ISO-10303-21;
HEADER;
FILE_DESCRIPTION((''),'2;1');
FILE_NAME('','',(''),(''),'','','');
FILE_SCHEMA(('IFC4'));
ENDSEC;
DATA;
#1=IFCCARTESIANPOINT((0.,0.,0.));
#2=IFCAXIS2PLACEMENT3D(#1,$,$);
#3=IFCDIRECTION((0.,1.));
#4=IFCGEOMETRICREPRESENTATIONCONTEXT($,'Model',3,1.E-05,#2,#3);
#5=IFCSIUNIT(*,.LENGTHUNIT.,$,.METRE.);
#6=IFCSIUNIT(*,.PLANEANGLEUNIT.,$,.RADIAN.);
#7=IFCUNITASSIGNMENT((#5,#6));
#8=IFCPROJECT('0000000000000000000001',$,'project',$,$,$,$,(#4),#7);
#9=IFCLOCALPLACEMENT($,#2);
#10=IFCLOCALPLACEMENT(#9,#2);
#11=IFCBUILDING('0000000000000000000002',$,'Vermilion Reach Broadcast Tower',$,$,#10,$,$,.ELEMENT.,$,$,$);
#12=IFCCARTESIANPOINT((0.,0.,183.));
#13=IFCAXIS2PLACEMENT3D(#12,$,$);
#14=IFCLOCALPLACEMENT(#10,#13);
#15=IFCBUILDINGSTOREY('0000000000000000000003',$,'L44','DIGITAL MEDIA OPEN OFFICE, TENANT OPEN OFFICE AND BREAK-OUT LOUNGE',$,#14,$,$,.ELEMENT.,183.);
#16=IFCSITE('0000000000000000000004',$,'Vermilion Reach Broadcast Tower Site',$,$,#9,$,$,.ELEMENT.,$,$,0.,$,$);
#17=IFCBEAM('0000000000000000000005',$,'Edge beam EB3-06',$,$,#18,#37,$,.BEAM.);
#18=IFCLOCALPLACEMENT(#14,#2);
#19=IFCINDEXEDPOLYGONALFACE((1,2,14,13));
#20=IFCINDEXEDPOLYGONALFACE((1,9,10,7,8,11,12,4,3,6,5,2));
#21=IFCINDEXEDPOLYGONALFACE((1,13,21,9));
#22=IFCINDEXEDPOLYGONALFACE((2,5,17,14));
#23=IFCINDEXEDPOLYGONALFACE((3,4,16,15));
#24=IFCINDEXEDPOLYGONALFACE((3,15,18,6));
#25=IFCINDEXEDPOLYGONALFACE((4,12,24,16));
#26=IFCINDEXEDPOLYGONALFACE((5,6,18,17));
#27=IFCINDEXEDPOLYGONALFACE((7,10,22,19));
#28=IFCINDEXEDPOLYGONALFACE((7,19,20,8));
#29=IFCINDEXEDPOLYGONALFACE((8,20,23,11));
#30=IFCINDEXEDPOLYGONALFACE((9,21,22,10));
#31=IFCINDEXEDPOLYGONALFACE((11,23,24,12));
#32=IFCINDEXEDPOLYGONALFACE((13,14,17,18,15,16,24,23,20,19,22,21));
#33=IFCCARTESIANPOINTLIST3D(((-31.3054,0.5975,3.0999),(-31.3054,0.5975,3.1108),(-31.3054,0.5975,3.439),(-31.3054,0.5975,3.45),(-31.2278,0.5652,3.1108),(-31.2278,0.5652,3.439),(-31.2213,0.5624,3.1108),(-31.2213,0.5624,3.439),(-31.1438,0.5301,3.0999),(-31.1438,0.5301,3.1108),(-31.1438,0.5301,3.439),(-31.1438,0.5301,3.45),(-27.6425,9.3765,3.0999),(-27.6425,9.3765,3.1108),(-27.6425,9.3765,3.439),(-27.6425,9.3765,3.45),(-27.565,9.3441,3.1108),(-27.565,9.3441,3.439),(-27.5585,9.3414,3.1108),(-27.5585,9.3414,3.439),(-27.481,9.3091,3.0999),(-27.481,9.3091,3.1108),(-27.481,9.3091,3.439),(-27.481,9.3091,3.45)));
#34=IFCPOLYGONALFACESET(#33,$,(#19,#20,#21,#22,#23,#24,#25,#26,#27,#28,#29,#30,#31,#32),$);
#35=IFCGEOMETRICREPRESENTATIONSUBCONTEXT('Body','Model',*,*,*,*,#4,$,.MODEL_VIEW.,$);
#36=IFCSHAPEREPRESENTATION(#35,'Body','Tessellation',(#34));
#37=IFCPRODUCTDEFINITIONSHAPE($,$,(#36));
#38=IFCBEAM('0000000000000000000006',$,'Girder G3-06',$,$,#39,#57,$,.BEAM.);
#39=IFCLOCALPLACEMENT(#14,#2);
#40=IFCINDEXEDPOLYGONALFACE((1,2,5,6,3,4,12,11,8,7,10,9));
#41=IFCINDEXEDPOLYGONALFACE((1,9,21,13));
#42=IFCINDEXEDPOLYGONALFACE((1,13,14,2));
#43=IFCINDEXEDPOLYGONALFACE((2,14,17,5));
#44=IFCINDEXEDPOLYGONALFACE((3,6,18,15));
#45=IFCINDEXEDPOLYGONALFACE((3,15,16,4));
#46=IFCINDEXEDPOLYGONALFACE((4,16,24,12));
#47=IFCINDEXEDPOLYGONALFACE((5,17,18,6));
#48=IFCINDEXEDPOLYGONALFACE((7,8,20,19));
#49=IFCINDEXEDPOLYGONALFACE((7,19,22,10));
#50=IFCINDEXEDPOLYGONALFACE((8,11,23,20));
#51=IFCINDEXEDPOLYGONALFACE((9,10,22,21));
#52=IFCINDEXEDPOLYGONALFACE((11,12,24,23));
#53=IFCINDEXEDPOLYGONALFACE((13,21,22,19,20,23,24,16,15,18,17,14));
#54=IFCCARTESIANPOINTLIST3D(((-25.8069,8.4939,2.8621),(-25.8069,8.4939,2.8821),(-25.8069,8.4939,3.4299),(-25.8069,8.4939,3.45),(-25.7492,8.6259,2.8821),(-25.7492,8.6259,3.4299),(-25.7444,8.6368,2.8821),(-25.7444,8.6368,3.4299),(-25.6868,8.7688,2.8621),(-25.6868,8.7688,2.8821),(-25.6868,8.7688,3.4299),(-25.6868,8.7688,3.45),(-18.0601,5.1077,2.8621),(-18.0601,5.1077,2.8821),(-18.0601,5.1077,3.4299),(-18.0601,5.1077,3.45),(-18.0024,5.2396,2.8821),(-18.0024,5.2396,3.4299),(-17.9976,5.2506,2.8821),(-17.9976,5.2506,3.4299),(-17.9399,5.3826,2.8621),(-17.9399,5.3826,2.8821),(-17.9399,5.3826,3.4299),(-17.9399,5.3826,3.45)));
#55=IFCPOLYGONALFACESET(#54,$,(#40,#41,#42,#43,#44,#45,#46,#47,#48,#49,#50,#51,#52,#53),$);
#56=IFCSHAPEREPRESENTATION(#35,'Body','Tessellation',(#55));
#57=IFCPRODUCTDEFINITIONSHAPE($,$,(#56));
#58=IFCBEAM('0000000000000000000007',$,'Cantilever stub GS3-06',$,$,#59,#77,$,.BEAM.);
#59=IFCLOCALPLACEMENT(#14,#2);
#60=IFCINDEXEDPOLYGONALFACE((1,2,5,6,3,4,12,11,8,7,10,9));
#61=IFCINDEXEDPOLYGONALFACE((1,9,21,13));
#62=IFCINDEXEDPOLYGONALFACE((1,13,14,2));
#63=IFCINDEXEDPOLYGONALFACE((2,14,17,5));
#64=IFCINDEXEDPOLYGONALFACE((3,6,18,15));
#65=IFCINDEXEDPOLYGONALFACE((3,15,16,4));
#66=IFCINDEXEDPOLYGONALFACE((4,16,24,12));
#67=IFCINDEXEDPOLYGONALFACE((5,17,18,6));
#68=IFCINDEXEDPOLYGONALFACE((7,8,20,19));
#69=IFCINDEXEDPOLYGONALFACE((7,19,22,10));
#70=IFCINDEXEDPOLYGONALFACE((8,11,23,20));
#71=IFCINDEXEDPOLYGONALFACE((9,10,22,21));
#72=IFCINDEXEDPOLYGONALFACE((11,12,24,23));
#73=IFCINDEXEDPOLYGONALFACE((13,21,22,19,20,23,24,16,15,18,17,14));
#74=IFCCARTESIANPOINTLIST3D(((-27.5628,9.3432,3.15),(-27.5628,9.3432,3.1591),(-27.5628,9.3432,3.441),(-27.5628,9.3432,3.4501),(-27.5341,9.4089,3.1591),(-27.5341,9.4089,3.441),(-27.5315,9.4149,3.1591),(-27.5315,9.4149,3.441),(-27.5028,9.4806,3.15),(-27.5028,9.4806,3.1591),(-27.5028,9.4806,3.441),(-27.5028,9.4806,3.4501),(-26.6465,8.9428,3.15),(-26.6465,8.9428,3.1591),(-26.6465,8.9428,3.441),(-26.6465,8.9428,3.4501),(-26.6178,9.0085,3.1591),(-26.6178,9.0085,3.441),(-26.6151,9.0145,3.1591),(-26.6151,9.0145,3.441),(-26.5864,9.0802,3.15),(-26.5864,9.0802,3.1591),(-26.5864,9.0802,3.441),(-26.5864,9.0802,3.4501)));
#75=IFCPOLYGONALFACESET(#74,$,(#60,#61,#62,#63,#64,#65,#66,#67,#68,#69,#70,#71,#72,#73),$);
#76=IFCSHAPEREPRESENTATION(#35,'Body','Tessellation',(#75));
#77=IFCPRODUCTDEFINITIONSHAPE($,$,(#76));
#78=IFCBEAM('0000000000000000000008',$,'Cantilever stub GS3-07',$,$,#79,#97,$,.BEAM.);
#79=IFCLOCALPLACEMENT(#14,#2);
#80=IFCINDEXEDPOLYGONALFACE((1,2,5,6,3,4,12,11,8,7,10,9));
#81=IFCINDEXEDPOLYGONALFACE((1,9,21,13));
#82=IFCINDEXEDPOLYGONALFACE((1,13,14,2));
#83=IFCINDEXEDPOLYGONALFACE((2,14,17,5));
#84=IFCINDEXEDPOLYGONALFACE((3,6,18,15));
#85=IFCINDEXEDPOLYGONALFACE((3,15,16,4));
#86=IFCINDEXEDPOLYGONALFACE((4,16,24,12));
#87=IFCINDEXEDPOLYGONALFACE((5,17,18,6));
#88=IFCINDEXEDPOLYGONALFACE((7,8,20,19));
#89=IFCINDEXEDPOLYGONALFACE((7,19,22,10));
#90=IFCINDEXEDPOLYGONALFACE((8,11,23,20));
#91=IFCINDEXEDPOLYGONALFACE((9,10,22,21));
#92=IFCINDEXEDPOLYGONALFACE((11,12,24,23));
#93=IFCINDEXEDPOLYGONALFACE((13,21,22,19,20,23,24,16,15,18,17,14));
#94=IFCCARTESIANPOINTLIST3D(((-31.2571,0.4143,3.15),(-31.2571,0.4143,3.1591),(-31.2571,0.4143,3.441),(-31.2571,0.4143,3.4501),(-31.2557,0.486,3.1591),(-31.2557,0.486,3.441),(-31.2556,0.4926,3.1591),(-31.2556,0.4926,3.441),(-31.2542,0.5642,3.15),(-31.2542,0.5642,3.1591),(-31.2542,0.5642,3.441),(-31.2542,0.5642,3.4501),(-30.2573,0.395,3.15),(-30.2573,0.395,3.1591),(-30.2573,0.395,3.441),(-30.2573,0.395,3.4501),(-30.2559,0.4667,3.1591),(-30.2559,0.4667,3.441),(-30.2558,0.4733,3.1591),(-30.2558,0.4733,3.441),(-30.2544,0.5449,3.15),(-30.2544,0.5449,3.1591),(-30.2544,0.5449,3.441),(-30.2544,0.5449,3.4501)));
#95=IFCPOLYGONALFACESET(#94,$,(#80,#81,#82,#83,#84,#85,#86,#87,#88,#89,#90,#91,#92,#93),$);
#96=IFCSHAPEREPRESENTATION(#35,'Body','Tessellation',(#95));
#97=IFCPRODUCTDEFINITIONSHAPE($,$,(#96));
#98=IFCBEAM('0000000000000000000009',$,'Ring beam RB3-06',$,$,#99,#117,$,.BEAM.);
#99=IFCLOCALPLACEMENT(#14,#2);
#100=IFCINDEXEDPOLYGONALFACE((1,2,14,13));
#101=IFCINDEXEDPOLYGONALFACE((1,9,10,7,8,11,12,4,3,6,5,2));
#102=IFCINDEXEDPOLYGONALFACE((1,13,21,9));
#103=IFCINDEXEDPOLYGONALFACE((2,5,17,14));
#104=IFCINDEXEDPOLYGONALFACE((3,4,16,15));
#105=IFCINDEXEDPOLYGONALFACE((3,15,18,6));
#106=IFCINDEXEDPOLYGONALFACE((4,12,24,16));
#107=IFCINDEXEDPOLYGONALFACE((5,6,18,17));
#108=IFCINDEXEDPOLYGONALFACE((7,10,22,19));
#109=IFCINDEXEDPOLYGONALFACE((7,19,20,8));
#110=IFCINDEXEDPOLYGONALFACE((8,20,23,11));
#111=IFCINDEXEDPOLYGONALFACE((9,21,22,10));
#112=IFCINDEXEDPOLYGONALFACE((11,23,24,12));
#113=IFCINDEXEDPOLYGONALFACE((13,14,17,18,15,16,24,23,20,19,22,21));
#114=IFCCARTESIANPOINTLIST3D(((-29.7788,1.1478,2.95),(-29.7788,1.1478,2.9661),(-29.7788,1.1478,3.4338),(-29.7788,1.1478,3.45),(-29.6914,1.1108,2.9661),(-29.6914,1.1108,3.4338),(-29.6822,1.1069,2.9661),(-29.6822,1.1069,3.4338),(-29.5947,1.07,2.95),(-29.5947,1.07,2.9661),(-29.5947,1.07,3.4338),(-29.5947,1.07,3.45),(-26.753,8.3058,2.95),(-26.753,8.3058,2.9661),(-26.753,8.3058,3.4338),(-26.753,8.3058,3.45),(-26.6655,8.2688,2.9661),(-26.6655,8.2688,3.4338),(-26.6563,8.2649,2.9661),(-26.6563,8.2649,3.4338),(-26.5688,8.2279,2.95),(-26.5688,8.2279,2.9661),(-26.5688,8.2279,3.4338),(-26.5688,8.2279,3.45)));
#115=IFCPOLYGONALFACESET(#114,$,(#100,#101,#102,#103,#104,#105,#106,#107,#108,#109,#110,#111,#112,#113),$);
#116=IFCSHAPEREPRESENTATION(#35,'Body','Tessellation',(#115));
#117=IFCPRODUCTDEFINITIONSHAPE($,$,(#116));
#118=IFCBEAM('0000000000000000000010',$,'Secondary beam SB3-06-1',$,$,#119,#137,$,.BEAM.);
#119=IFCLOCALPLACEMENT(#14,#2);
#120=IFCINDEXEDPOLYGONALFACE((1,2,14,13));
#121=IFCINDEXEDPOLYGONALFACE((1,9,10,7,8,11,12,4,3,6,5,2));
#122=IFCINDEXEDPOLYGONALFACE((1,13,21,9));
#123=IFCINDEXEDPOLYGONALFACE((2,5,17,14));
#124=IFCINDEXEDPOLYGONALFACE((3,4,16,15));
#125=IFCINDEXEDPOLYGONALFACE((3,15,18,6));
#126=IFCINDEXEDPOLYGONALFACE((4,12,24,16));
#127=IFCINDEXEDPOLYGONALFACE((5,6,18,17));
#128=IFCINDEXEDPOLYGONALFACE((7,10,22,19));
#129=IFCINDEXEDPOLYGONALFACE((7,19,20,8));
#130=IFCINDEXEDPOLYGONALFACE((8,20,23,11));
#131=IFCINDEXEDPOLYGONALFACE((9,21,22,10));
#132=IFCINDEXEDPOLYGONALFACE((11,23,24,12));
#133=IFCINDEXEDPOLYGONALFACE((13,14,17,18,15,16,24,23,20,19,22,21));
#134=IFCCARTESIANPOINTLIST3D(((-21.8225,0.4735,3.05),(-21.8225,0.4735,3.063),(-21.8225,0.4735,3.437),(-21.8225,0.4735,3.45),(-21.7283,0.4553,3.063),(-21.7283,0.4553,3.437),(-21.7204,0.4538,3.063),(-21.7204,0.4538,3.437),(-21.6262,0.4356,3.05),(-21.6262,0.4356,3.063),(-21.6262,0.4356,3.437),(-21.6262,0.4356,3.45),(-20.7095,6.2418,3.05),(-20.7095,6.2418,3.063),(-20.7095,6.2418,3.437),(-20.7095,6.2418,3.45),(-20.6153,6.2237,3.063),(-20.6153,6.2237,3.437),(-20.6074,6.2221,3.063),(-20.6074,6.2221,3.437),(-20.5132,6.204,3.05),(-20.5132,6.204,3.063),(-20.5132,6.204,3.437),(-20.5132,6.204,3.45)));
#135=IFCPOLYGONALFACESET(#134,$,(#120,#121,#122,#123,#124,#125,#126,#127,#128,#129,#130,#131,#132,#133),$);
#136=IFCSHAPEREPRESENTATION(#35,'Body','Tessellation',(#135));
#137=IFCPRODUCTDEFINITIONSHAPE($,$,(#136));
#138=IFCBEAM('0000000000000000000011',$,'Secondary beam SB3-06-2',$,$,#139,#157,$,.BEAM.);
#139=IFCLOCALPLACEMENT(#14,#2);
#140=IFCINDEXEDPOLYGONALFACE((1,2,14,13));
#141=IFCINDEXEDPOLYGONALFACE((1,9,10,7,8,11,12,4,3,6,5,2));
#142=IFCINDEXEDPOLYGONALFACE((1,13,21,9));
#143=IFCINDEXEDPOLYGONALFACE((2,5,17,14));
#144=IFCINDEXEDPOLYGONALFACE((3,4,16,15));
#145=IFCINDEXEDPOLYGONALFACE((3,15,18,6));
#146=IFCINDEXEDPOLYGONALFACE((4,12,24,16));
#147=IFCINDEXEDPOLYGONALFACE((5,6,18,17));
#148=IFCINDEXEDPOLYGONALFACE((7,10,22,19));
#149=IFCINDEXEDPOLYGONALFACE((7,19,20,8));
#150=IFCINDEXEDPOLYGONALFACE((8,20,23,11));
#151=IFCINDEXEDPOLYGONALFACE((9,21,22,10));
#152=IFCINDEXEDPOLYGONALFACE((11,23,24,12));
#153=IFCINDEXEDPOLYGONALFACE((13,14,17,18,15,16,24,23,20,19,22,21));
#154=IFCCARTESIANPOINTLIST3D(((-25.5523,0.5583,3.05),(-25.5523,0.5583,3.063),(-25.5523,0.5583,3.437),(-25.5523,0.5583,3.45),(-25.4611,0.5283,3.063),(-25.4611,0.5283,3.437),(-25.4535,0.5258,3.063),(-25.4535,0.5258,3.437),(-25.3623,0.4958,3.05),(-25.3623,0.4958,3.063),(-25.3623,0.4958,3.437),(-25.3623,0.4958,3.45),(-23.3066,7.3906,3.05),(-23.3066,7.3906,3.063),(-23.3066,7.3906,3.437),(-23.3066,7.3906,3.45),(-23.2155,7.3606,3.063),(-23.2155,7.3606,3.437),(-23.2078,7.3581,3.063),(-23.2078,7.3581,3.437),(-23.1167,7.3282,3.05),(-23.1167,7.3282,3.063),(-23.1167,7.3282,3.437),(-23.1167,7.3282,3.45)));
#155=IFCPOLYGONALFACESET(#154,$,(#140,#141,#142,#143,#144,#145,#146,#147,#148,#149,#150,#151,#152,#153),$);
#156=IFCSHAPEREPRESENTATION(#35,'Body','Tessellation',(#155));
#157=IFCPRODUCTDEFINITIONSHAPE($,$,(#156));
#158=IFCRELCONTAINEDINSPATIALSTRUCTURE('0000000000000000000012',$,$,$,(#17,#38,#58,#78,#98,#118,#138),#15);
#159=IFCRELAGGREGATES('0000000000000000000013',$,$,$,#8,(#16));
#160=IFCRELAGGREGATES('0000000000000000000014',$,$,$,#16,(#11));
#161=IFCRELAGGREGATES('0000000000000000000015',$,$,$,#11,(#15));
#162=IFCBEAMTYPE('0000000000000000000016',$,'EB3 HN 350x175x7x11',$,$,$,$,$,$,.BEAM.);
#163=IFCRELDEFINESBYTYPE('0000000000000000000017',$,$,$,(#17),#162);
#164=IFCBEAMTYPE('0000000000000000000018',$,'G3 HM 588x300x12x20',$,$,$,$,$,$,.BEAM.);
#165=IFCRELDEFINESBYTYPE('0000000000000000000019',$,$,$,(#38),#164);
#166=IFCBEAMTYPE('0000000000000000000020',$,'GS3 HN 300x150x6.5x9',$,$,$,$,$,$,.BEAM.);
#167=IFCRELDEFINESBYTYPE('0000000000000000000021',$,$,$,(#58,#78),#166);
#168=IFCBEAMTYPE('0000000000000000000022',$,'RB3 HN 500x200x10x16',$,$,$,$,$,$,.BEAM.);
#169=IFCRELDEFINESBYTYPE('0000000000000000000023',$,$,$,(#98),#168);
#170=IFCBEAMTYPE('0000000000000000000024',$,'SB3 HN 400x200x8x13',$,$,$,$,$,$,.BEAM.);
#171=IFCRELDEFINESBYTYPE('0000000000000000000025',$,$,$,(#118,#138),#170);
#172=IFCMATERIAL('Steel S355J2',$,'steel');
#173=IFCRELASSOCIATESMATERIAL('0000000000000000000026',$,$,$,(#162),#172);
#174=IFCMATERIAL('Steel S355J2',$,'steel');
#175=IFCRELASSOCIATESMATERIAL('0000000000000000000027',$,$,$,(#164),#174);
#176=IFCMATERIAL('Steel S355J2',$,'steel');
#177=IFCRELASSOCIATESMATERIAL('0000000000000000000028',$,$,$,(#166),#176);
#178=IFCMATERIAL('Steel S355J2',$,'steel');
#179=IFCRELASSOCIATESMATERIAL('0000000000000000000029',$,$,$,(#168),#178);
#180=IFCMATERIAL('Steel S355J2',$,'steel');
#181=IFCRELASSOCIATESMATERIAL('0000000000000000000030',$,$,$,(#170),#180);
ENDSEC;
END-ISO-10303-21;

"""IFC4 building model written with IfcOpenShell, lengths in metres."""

from ifc_helpers import new_model, si_unit, direction, frame, origin, origin_2d, place, context, subcontext, project, spatial, i_section, extrude, material, material_profile, profile_set, type_object, element, save


model = new_model("IFC4")

# Units and contexts
model_context = context("Model", 3, precision=1e-05, world=origin(), true_north=direction((0.0, 1.0)))
body_context = subcontext(model_context, "Body", "Model", "MODEL_VIEW")
ifc_project = project(units=[si_unit("LENGTHUNIT", "METRE"), si_unit("PLANEANGLEUNIT", "RADIAN")], contexts=[model_context])

# Site, building, storey
site_placement = place(None, origin())
site = spatial("IfcSite", under=ifc_project, at=site_placement, Name="Vermilion Reach Broadcast Tower Site", CompositionType="ELEMENT", RefElevation=0.0)
building_placement = place(site_placement, origin())
building = spatial("IfcBuilding", under=site, at=building_placement, Name="Vermilion Reach Broadcast Tower", CompositionType="ELEMENT")
storey_placement = place(building_placement, frame((0.0, 0.0, 183.0)))
storey = spatial("IfcBuildingStorey", under=building, at=storey_placement, Name="L44", Description="DIGITAL MEDIA OPEN OFFICE, TENANT OPEN OFFICE AND BREAK-OUT LOUNGE", CompositionType="ELEMENT", Elevation=183.0)

# Beams
ifc_material_1 = material(Name="Steel S355J2", Category="steel")
ifc_material_profile_1 = material_profile(ifc_material_1, i_section(OverallWidth=0.175, OverallDepth=0.3501, WebThickness=0.0071, FlangeThickness=0.011, at=origin_2d()), Name="S355J2 HN 350x175x7x11")
ifc_profile_set_1 = profile_set([ifc_material_profile_1], Name="Steel S355J2")
beam_type_1 = type_object("IfcBeamType", Name="EB3 HN 350x175x7x11", PredefinedType="BEAM", material=ifc_profile_set_1)
beam_1_placement = place(storey_placement, frame((-27.5618, 9.3428, 3.2749), z_axis=(-0.385055, -0.922894, 0.0), x_axis=(0.922894, -0.385055, 0.0)))
element("IfcBeam", 1, at=beam_1_placement, inside=storey, type_object=beam_type_1, Name="Edge beam EB3-06", PredefinedType="BEAM", context=body_context, shape_type="SweptSolid", body=[
    extrude(i_section(OverallWidth=0.175, OverallDepth=0.3501, WebThickness=0.0071, FlangeThickness=0.011, at=origin_2d()), origin(), (0.0, 0.0, 1.0), 9.5125),
])
ifc_material_2 = material(Name="Steel S355J2", Category="steel")
ifc_material_profile_2 = material_profile(ifc_material_2, i_section(OverallWidth=0.3, OverallDepth=0.5879, WebThickness=0.012, FlangeThickness=0.02, at=origin_2d()), Name="S355J2 HM 588x300x12x20")
ifc_profile_set_2 = profile_set([ifc_material_profile_2], Name="Steel S355J2")
beam_type_2 = type_object("IfcBeamType", Name="G3 HM 588x300x12x20", PredefinedType="BEAM", material=ifc_profile_set_2)
beam_2_placement = place(storey_placement, frame((-18.0, 5.2451, 3.156), z_axis=(-0.916288, 0.40052, 0.0), x_axis=(-0.40052, -0.916288, 0.0)))
element("IfcBeam", 2, at=beam_2_placement, inside=storey, type_object=beam_type_2, Name="Girder G3-06", PredefinedType="BEAM", context=body_context, shape_type="SweptSolid", body=[
    extrude(i_section(OverallWidth=0.3, OverallDepth=0.5879, WebThickness=0.012, FlangeThickness=0.02, at=origin_2d()), origin(), (0.0, 0.0, 1.0), 8.4546),
])
ifc_material_3 = material(Name="Steel S355J2", Category="steel")
ifc_material_profile_3 = material_profile(ifc_material_3, i_section(OverallWidth=0.1499, OverallDepth=0.3, WebThickness=0.0066, FlangeThickness=0.009, at=origin_2d()), Name="S355J2 HN 300x150x6.5x9")
ifc_profile_set_3 = profile_set([ifc_material_profile_3], Name="Steel S355J2")
beam_type_3 = type_object("IfcBeamType", Name="GS3 HN 300x150x6.5x9", PredefinedType="BEAM", material=ifc_profile_set_3)
for number, where, z_axis, x_axis, name in (
    (3, (-26.6165, 9.0115, 3.3), (-0.916331, 0.400422, 0.0), (-0.400422, -0.916331, 0.0), "Cantilever stub GS3-06"),
    (4, (-30.2559, 0.47, 3.3), (-0.999814, 0.019288, 0.0), (-0.019288, -0.999814, 0.0), "Cantilever stub GS3-07"),
):
    element("IfcBeam", number, at=place(storey_placement, frame(where, z_axis=z_axis, x_axis=x_axis)), inside=storey, type_object=beam_type_3, Name=name, PredefinedType="BEAM", context=body_context, shape_type="SweptSolid", body=[
        extrude(i_section(OverallWidth=0.1499, OverallDepth=0.3, WebThickness=0.0066, FlangeThickness=0.009, at=origin_2d()), origin(), (0.0, 0.0, 1.0), 1.0),
    ])
ifc_material_4 = material(Name="Steel S355J2", Category="steel")
ifc_material_profile_4 = material_profile(ifc_material_4, i_section(OverallWidth=0.2, OverallDepth=0.5, WebThickness=0.01, FlangeThickness=0.0161, at=origin_2d()), Name="S355J2 HN 500x200x10x16")
ifc_profile_set_4 = profile_set([ifc_material_profile_4], Name="Steel S355J2")
beam_type_4 = type_object("IfcBeamType", Name="RB3 HN 500x200x10x16", PredefinedType="BEAM", material=ifc_profile_set_4)
beam_3_placement = place(storey_placement, frame((-26.6609, 8.2668, 3.2), z_axis=(-0.389368, -0.921082, 0.0), x_axis=(0.921082, -0.389368, 0.0)))
element("IfcBeam", 5, at=beam_3_placement, inside=storey, type_object=beam_type_4, Name="Ring beam RB3-06", PredefinedType="BEAM", context=body_context, shape_type="SweptSolid", body=[
    extrude(i_section(OverallWidth=0.2, OverallDepth=0.5, WebThickness=0.01, FlangeThickness=0.0161, at=origin_2d()), origin(), (0.0, 0.0, 1.0), 7.7712),
])
ifc_material_5 = material(Name="Steel S355J2", Category="steel")
ifc_material_profile_5 = material_profile(ifc_material_5, i_section(OverallWidth=0.2, OverallDepth=0.3999, WebThickness=0.0081, FlangeThickness=0.0129, at=origin_2d()), Name="S355J2 HN 400x200x8x13")
ifc_profile_set_5 = profile_set([ifc_material_profile_5], Name="Steel S355J2")
beam_type_5 = type_object("IfcBeamType", Name="SB3 HN 400x200x8x13", PredefinedType="BEAM", material=ifc_profile_set_5)
beam_4_placement = place(storey_placement, frame((-20.6113, 6.2229, 3.25), z_axis=(-0.189462, -0.981888, 0.0), x_axis=(0.981888, -0.189462, 0.0)))
element("IfcBeam", 6, at=beam_4_placement, inside=storey, type_object=beam_type_5, Name="Secondary beam SB3-06-1", PredefinedType="BEAM", context=body_context, shape_type="SweptSolid", body=[
    extrude(i_section(OverallWidth=0.2, OverallDepth=0.3999, WebThickness=0.0081, FlangeThickness=0.0129, at=origin_2d()), origin(), (0.0, 0.0, 1.0), 5.8748),
])
beam_5_placement = place(storey_placement, frame((-23.2117, 7.3594, 3.25), z_axis=(-0.312243, -0.950002, 0.0), x_axis=(0.950002, -0.312243, 0.0)))
element("IfcBeam", 7, at=beam_5_placement, inside=storey, type_object=beam_type_5, Name="Secondary beam SB3-06-2", PredefinedType="BEAM", context=body_context, shape_type="SweptSolid", body=[
    extrude(i_section(OverallWidth=0.2, OverallDepth=0.3999, WebThickness=0.0081, FlangeThickness=0.0129, at=origin_2d()), origin(), (0.0, 0.0, 1.0), 7.1919),
])

save(model, "model.ifc")
